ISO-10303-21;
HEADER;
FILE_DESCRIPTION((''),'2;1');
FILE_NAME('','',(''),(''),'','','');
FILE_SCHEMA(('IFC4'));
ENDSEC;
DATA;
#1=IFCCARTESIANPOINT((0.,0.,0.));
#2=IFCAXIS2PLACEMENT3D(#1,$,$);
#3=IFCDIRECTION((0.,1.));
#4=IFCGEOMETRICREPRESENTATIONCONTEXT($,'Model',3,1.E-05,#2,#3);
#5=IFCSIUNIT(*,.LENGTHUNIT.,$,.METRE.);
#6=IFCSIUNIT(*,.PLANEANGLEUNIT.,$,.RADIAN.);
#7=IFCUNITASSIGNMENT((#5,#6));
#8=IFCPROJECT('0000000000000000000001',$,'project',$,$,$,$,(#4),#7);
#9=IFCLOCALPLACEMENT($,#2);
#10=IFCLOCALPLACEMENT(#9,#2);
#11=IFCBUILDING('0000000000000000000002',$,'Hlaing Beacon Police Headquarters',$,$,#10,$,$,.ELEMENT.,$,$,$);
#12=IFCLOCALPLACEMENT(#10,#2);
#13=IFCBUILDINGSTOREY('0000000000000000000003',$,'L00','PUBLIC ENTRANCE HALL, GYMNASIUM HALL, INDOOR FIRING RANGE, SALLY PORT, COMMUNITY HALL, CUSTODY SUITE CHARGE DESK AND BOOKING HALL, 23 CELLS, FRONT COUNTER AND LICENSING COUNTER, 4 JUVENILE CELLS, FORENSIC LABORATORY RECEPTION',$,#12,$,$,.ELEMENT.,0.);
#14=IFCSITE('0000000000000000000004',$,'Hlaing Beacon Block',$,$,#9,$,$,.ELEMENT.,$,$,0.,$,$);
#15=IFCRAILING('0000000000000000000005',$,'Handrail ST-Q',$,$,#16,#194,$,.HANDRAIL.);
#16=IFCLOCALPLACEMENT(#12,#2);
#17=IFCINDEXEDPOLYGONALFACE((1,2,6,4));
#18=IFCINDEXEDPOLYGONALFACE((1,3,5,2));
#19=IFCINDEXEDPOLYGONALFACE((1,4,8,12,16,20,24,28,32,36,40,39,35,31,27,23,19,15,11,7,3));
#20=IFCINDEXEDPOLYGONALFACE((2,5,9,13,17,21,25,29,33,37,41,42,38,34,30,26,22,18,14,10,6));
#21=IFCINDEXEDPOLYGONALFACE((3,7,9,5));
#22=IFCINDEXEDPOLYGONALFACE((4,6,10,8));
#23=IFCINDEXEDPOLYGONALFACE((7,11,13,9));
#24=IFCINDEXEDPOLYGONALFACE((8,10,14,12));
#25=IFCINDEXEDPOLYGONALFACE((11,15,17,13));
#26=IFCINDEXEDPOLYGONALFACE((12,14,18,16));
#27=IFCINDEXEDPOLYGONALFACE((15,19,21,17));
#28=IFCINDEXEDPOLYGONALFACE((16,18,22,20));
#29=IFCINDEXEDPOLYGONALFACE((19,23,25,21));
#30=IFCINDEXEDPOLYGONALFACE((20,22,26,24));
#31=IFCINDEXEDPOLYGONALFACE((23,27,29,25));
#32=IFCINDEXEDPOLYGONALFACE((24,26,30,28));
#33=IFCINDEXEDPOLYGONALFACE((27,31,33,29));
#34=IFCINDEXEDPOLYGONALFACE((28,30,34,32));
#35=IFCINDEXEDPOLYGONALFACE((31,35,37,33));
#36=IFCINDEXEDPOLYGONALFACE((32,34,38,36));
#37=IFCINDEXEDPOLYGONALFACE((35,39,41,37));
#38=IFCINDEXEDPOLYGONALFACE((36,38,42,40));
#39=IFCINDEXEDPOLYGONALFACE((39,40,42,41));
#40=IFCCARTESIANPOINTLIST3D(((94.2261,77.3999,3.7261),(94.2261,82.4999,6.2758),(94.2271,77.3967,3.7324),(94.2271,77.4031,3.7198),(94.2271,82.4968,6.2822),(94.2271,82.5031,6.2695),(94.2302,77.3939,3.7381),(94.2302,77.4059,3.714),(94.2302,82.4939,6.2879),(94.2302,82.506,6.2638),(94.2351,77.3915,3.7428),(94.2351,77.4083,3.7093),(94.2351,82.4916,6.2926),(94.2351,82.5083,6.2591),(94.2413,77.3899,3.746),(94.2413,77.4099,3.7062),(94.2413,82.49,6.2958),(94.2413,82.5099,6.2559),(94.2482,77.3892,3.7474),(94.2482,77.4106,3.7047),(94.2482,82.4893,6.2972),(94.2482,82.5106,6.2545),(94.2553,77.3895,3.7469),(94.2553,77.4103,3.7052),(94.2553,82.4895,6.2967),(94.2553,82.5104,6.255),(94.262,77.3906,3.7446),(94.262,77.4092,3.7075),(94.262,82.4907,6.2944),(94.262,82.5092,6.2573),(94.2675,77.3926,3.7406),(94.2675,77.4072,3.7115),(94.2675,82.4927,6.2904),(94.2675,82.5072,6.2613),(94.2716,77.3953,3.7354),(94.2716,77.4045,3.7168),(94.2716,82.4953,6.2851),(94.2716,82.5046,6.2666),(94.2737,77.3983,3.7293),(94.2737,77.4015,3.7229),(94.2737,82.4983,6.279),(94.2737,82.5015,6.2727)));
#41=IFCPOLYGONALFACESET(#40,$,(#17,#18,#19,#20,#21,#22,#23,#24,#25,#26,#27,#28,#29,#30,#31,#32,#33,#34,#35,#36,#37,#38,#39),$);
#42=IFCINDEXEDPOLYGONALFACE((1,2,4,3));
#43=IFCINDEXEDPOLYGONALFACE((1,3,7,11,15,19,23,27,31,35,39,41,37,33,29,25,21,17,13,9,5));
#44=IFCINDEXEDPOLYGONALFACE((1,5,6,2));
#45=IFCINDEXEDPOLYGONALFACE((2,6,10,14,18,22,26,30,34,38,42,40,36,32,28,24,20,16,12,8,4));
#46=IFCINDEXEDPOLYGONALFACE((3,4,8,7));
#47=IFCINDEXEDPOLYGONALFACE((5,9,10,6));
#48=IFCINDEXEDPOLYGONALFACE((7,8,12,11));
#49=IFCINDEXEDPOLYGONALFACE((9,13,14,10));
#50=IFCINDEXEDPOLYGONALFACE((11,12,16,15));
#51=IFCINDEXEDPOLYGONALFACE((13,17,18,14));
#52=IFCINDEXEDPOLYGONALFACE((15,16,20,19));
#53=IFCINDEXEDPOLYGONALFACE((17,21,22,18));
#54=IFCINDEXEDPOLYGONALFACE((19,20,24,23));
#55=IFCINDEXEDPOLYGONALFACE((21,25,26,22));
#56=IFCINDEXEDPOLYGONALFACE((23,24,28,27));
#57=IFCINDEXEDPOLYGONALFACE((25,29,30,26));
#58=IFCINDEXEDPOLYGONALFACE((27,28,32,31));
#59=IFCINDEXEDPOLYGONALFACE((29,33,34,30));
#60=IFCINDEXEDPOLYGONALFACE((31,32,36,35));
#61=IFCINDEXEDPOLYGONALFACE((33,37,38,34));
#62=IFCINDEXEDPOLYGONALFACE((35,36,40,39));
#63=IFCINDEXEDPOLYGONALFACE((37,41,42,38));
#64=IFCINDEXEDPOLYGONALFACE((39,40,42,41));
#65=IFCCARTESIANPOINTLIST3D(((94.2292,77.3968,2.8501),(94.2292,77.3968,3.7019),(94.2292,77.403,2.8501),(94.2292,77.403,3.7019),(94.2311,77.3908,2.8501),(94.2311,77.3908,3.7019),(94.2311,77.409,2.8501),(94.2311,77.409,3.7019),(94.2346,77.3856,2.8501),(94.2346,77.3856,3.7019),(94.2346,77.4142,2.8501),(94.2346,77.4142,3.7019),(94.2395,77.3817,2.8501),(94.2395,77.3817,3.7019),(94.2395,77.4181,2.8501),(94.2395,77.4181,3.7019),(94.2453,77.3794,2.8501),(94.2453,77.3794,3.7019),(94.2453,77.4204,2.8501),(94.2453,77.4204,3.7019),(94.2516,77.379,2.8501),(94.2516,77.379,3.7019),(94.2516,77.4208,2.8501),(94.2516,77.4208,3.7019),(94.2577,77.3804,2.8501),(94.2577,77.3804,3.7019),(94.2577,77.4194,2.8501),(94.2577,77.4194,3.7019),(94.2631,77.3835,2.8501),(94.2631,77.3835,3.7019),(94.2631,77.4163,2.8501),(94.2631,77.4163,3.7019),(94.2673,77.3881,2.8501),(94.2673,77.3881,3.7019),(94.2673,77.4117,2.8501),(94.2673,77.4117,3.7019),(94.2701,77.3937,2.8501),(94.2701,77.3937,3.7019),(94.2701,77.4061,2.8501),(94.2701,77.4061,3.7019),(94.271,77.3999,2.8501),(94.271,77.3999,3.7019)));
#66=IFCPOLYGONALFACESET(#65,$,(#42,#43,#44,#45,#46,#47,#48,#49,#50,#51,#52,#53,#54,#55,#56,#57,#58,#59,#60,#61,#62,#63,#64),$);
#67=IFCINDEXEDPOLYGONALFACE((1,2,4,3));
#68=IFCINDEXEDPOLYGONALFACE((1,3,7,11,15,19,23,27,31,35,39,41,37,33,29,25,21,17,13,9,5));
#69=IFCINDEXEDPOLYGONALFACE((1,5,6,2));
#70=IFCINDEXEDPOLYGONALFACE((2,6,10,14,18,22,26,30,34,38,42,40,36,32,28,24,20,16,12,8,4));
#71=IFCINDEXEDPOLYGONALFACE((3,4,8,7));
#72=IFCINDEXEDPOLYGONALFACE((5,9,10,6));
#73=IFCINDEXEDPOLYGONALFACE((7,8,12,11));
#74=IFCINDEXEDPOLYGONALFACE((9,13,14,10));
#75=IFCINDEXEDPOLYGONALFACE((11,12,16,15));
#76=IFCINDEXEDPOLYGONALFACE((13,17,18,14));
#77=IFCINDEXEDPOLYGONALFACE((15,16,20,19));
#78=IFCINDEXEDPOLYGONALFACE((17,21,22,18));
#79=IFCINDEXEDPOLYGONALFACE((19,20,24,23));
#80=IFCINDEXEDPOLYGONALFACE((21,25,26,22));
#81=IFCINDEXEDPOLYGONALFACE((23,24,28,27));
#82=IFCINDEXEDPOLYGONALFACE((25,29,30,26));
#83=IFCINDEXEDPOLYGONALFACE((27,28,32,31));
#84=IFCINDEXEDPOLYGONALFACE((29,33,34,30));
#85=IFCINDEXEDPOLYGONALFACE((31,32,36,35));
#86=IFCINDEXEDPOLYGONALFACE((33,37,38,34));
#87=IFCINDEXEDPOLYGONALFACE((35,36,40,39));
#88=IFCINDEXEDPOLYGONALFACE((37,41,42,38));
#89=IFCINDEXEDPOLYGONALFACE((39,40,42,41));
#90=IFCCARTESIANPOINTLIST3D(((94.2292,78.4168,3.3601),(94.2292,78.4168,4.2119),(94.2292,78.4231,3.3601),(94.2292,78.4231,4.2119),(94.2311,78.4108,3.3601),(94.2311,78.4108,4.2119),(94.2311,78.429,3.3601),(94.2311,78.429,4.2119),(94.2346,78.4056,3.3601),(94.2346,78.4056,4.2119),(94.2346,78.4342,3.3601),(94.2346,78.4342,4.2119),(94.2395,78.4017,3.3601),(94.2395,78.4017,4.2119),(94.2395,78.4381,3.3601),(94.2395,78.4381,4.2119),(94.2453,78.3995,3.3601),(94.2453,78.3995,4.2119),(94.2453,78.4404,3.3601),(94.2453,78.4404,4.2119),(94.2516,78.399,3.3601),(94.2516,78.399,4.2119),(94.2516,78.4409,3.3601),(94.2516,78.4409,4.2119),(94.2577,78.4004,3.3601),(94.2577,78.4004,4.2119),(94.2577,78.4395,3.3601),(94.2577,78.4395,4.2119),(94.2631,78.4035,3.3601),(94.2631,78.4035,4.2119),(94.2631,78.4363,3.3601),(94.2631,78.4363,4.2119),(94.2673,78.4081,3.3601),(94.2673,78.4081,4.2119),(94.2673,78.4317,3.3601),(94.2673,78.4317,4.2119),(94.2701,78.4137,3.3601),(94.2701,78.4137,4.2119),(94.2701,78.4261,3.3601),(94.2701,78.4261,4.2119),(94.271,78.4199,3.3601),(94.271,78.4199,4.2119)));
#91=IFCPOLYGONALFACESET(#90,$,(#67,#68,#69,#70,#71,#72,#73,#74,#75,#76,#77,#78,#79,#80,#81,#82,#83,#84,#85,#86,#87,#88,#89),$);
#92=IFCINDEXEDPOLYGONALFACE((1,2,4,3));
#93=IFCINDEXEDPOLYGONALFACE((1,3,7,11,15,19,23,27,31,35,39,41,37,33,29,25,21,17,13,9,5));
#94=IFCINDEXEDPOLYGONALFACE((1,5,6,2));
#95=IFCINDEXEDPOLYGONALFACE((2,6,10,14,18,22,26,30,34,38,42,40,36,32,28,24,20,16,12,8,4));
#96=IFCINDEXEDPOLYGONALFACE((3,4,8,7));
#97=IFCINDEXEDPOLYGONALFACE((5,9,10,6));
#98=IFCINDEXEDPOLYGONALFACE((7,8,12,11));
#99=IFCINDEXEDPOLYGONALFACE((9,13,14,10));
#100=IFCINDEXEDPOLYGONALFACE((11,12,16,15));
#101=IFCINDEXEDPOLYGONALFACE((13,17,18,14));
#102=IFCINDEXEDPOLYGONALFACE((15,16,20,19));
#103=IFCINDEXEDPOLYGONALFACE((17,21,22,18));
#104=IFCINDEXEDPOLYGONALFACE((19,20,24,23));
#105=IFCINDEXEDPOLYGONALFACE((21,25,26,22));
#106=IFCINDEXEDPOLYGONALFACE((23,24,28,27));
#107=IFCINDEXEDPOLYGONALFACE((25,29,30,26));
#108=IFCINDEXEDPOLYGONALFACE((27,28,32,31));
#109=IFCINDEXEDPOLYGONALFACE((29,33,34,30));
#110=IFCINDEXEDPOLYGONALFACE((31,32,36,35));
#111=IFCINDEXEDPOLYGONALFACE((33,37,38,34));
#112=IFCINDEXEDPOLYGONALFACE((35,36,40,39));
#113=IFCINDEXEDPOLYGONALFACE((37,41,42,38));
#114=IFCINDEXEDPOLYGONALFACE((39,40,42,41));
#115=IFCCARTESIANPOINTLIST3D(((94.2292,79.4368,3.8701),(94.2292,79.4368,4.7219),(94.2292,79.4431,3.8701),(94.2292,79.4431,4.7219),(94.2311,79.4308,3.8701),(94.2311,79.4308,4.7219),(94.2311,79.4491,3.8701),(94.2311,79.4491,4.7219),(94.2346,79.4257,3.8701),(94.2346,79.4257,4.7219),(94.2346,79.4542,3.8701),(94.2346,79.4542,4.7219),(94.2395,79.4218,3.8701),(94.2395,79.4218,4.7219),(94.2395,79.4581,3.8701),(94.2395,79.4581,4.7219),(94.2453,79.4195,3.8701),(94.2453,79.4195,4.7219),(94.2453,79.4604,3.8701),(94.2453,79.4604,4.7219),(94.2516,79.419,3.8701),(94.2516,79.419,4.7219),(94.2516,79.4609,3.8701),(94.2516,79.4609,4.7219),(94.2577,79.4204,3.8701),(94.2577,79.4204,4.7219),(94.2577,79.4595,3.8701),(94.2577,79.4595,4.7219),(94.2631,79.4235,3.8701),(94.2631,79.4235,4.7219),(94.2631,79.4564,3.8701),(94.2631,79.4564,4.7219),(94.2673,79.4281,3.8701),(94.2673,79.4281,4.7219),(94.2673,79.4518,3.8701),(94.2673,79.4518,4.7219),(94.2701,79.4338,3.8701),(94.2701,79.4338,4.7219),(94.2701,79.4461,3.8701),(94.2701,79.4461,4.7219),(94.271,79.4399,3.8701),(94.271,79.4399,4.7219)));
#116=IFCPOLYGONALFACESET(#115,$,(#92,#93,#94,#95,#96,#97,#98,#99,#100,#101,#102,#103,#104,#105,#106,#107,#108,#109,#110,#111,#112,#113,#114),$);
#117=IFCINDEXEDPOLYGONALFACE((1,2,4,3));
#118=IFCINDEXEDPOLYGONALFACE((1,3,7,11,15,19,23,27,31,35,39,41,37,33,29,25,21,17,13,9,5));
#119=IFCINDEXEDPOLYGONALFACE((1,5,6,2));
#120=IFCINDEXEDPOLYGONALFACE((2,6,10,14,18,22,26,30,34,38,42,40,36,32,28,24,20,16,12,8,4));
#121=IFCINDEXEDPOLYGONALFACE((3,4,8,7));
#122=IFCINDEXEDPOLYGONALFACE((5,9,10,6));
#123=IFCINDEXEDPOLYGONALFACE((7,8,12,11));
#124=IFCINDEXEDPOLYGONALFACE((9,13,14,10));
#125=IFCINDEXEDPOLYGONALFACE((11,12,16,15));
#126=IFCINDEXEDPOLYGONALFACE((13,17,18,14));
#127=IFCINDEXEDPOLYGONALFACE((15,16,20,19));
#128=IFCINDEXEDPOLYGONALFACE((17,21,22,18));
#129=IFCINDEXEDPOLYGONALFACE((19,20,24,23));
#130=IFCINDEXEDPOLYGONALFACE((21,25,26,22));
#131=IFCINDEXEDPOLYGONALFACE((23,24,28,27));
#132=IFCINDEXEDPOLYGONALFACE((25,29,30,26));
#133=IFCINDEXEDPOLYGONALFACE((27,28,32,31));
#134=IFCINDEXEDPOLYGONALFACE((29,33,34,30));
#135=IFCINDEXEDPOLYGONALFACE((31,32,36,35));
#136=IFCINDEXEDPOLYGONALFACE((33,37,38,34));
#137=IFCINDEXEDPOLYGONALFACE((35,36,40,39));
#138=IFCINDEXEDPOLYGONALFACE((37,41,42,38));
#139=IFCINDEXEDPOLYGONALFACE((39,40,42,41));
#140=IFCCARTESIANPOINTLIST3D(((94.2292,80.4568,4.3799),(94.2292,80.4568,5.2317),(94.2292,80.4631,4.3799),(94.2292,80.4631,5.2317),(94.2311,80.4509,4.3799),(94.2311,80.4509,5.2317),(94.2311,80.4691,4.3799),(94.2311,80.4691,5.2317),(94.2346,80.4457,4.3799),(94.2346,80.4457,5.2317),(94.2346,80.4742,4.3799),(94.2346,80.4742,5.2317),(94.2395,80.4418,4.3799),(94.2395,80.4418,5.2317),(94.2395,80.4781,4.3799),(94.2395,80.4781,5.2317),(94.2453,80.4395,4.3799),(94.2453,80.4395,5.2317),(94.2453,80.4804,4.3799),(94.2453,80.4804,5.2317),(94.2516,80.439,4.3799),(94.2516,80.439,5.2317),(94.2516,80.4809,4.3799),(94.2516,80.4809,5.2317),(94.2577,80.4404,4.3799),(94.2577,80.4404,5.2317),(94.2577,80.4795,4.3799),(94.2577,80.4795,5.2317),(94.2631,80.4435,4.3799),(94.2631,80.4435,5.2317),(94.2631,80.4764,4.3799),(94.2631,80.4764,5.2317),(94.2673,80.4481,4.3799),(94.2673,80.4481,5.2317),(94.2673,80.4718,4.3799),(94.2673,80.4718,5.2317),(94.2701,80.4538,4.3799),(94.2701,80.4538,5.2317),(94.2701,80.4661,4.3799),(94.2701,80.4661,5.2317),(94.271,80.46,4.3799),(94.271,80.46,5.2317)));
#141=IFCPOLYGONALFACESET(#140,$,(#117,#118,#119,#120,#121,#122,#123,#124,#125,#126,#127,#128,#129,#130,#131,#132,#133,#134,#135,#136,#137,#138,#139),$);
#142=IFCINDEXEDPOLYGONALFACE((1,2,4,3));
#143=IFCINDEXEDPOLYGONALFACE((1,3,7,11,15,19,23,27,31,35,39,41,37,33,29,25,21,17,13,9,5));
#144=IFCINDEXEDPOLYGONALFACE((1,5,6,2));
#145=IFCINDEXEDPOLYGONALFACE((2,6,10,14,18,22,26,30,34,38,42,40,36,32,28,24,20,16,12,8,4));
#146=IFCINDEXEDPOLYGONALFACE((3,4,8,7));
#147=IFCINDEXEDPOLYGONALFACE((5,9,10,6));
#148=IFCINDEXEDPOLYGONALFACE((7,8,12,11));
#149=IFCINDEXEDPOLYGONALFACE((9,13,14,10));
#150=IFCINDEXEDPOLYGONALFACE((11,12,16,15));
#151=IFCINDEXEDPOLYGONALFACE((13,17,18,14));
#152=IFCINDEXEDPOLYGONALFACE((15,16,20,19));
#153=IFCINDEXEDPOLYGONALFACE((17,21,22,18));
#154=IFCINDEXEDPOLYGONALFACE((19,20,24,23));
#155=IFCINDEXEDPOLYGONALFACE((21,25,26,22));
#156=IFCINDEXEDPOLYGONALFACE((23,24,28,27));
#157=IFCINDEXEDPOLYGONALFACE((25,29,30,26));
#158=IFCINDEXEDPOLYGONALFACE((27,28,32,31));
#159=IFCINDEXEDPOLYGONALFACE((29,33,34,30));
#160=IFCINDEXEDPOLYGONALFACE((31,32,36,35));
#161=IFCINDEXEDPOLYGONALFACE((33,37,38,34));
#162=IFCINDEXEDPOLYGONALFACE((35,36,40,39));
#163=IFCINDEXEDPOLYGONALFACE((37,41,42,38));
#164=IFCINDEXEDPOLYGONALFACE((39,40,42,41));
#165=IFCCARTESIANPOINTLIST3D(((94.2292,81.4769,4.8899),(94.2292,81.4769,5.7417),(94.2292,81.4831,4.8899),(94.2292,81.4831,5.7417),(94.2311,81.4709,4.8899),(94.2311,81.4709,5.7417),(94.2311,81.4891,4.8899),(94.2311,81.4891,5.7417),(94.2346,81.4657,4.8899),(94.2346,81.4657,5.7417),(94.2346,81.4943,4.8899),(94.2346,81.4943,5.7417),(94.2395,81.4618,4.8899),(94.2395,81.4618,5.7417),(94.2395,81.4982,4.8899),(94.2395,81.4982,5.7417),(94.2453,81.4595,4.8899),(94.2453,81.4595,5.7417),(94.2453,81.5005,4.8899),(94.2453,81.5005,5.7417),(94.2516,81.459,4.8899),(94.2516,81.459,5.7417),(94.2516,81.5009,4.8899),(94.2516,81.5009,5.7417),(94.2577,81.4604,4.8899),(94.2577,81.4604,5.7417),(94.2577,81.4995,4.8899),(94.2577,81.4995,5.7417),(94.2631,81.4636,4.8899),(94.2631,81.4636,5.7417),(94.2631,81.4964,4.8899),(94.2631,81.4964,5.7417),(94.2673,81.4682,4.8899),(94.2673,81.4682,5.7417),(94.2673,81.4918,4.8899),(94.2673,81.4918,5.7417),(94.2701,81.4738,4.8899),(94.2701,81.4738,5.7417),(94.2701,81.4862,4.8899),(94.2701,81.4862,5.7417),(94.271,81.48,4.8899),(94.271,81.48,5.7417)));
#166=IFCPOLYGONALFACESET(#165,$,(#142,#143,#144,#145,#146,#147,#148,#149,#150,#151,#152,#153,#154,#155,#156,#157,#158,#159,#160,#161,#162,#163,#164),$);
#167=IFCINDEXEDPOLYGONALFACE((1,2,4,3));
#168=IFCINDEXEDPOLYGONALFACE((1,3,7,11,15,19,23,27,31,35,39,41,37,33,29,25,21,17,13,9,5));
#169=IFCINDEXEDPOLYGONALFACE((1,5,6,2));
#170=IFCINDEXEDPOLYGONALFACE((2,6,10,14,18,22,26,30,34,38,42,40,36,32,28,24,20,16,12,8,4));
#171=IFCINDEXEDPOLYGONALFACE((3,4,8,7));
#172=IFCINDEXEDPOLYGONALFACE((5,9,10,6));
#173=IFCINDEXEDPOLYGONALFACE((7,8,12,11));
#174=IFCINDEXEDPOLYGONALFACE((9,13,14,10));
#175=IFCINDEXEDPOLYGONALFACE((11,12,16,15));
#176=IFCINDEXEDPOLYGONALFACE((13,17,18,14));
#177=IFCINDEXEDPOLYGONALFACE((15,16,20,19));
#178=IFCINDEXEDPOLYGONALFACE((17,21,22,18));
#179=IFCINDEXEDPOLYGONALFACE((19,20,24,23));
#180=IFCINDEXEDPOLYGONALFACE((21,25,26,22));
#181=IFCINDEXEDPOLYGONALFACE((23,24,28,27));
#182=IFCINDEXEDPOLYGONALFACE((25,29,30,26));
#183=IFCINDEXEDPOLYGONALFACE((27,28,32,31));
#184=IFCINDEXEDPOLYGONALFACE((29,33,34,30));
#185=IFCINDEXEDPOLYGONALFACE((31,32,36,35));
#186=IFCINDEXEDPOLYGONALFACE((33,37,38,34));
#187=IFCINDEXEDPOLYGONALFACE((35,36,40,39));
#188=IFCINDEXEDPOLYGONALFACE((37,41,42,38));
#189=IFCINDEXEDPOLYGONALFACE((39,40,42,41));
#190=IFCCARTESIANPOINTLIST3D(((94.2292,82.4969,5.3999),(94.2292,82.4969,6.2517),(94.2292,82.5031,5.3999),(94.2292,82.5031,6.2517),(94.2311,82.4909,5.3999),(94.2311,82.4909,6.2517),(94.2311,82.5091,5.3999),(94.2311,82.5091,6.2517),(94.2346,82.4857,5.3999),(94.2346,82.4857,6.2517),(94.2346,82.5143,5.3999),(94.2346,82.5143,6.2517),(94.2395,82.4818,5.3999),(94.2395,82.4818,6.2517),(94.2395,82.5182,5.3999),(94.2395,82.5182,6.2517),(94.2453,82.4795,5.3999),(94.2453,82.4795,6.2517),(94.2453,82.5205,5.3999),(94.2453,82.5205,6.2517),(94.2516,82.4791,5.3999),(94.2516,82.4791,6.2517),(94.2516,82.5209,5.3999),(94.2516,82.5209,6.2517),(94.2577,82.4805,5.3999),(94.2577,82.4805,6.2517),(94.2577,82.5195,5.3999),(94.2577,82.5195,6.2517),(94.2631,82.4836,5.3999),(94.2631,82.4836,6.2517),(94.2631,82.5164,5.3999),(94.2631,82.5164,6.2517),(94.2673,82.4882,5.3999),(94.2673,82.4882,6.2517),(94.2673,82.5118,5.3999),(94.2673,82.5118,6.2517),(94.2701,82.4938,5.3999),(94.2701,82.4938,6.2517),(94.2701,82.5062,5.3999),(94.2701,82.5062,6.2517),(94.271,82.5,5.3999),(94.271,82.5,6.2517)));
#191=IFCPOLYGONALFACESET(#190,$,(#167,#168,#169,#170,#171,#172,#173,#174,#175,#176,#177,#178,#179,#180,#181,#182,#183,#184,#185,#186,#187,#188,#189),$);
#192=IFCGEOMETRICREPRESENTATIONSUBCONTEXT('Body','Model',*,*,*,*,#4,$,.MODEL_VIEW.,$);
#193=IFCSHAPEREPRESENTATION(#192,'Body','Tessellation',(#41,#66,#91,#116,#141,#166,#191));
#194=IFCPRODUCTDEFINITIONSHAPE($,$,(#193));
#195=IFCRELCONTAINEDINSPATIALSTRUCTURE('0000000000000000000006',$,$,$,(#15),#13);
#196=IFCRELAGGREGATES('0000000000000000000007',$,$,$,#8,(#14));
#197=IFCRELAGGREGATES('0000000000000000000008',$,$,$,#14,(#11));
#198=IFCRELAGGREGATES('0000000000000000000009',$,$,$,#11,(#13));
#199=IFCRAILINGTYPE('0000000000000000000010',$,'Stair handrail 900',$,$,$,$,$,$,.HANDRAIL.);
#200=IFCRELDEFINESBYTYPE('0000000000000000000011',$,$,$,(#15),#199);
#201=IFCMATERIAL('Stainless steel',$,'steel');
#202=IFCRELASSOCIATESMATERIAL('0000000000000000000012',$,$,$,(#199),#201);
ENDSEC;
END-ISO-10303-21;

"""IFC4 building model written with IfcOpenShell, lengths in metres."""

from ifc_helpers import new_model, si_unit, direction, frame, origin, origin_2d, place, context, subcontext, project, spatial, circle, extrude, material, type_object, element, save


model = new_model("IFC4")

# Units and contexts
model_context = context("Model", 3, precision=1e-05, world=origin(), true_north=direction((0.0, 1.0)))
body_context = subcontext(model_context, "Body", "Model", "MODEL_VIEW")
ifc_project = project(units=[si_unit("LENGTHUNIT", "METRE"), si_unit("PLANEANGLEUNIT", "RADIAN")], contexts=[model_context])

# Site, building, storey
site_placement = place(None, origin())
site = spatial("IfcSite", under=ifc_project, at=site_placement, Name="Hlaing Beacon Block", CompositionType="ELEMENT", RefElevation=0.0)
building_placement = place(site_placement, origin())
building = spatial("IfcBuilding", under=site, at=building_placement, Name="Hlaing Beacon Police Headquarters", CompositionType="ELEMENT")
storey_placement = place(building_placement, origin())
storey = spatial("IfcBuildingStorey", under=building, at=storey_placement, Name="L00", Description="PUBLIC ENTRANCE HALL, GYMNASIUM HALL, INDOOR FIRING RANGE, SALLY PORT, COMMUNITY HALL, CUSTODY SUITE CHARGE DESK AND BOOKING HALL, 23 CELLS, FRONT COUNTER AND LICENSING COUNTER, 4 JUVENILE CELLS, FORENSIC LABORATORY RECEPTION", CompositionType="ELEMENT", Elevation=0.0)

# Railing
ifc_material_1 = material(Name="Stainless steel", Category="steel")
railing_type_1 = type_object("IfcRailingType", Name="Stair handrail 900", PredefinedType="HANDRAIL", material=ifc_material_1)
railing_1_placement = place(storey_placement, frame((94.25, 77.3999, 2.8501)))
element("IfcRailing", 1, at=railing_1_placement, inside=storey, type_object=railing_type_1, Name="Handrail ST-Q", PredefinedType="HANDRAIL", context=body_context, shape_type="SweptSolid", body=[
    extrude(circle(Radius=0.0239, at=origin_2d()), frame((0.0, 0.0, 0.876), z_axis=(0.0, 0.894444, 0.447179), x_axis=(-1.0, 0.0, 0.0)), (0.0, 0.0, 1.0), 5.7019),
    extrude(circle(Radius=0.021, at=origin_2d()), origin(), (0.0, 0.0, 1.0), 0.8518),
    extrude(circle(Radius=0.021, at=origin_2d()), frame((0.0, 1.02, 0.51)), (0.0, 0.0, 1.0), 0.8518),
    extrude(circle(Radius=0.021, at=origin_2d()), frame((0.0, 2.04, 1.02)), (0.0, 0.0, 1.0), 0.8518),
    extrude(circle(Radius=0.021, at=origin_2d()), frame((0.0, 3.0601, 1.5298)), (0.0, 0.0, 1.0), 0.8518),
    extrude(circle(Radius=0.021, at=origin_2d()), frame((0.0, 4.0801, 2.0398)), (0.0, 0.0, 1.0), 0.8518),
    extrude(circle(Radius=0.021, at=origin_2d()), frame((0.0, 5.1001, 2.5498)), (0.0, 0.0, 1.0), 0.8518),
])

save(model, "model.ifc")
